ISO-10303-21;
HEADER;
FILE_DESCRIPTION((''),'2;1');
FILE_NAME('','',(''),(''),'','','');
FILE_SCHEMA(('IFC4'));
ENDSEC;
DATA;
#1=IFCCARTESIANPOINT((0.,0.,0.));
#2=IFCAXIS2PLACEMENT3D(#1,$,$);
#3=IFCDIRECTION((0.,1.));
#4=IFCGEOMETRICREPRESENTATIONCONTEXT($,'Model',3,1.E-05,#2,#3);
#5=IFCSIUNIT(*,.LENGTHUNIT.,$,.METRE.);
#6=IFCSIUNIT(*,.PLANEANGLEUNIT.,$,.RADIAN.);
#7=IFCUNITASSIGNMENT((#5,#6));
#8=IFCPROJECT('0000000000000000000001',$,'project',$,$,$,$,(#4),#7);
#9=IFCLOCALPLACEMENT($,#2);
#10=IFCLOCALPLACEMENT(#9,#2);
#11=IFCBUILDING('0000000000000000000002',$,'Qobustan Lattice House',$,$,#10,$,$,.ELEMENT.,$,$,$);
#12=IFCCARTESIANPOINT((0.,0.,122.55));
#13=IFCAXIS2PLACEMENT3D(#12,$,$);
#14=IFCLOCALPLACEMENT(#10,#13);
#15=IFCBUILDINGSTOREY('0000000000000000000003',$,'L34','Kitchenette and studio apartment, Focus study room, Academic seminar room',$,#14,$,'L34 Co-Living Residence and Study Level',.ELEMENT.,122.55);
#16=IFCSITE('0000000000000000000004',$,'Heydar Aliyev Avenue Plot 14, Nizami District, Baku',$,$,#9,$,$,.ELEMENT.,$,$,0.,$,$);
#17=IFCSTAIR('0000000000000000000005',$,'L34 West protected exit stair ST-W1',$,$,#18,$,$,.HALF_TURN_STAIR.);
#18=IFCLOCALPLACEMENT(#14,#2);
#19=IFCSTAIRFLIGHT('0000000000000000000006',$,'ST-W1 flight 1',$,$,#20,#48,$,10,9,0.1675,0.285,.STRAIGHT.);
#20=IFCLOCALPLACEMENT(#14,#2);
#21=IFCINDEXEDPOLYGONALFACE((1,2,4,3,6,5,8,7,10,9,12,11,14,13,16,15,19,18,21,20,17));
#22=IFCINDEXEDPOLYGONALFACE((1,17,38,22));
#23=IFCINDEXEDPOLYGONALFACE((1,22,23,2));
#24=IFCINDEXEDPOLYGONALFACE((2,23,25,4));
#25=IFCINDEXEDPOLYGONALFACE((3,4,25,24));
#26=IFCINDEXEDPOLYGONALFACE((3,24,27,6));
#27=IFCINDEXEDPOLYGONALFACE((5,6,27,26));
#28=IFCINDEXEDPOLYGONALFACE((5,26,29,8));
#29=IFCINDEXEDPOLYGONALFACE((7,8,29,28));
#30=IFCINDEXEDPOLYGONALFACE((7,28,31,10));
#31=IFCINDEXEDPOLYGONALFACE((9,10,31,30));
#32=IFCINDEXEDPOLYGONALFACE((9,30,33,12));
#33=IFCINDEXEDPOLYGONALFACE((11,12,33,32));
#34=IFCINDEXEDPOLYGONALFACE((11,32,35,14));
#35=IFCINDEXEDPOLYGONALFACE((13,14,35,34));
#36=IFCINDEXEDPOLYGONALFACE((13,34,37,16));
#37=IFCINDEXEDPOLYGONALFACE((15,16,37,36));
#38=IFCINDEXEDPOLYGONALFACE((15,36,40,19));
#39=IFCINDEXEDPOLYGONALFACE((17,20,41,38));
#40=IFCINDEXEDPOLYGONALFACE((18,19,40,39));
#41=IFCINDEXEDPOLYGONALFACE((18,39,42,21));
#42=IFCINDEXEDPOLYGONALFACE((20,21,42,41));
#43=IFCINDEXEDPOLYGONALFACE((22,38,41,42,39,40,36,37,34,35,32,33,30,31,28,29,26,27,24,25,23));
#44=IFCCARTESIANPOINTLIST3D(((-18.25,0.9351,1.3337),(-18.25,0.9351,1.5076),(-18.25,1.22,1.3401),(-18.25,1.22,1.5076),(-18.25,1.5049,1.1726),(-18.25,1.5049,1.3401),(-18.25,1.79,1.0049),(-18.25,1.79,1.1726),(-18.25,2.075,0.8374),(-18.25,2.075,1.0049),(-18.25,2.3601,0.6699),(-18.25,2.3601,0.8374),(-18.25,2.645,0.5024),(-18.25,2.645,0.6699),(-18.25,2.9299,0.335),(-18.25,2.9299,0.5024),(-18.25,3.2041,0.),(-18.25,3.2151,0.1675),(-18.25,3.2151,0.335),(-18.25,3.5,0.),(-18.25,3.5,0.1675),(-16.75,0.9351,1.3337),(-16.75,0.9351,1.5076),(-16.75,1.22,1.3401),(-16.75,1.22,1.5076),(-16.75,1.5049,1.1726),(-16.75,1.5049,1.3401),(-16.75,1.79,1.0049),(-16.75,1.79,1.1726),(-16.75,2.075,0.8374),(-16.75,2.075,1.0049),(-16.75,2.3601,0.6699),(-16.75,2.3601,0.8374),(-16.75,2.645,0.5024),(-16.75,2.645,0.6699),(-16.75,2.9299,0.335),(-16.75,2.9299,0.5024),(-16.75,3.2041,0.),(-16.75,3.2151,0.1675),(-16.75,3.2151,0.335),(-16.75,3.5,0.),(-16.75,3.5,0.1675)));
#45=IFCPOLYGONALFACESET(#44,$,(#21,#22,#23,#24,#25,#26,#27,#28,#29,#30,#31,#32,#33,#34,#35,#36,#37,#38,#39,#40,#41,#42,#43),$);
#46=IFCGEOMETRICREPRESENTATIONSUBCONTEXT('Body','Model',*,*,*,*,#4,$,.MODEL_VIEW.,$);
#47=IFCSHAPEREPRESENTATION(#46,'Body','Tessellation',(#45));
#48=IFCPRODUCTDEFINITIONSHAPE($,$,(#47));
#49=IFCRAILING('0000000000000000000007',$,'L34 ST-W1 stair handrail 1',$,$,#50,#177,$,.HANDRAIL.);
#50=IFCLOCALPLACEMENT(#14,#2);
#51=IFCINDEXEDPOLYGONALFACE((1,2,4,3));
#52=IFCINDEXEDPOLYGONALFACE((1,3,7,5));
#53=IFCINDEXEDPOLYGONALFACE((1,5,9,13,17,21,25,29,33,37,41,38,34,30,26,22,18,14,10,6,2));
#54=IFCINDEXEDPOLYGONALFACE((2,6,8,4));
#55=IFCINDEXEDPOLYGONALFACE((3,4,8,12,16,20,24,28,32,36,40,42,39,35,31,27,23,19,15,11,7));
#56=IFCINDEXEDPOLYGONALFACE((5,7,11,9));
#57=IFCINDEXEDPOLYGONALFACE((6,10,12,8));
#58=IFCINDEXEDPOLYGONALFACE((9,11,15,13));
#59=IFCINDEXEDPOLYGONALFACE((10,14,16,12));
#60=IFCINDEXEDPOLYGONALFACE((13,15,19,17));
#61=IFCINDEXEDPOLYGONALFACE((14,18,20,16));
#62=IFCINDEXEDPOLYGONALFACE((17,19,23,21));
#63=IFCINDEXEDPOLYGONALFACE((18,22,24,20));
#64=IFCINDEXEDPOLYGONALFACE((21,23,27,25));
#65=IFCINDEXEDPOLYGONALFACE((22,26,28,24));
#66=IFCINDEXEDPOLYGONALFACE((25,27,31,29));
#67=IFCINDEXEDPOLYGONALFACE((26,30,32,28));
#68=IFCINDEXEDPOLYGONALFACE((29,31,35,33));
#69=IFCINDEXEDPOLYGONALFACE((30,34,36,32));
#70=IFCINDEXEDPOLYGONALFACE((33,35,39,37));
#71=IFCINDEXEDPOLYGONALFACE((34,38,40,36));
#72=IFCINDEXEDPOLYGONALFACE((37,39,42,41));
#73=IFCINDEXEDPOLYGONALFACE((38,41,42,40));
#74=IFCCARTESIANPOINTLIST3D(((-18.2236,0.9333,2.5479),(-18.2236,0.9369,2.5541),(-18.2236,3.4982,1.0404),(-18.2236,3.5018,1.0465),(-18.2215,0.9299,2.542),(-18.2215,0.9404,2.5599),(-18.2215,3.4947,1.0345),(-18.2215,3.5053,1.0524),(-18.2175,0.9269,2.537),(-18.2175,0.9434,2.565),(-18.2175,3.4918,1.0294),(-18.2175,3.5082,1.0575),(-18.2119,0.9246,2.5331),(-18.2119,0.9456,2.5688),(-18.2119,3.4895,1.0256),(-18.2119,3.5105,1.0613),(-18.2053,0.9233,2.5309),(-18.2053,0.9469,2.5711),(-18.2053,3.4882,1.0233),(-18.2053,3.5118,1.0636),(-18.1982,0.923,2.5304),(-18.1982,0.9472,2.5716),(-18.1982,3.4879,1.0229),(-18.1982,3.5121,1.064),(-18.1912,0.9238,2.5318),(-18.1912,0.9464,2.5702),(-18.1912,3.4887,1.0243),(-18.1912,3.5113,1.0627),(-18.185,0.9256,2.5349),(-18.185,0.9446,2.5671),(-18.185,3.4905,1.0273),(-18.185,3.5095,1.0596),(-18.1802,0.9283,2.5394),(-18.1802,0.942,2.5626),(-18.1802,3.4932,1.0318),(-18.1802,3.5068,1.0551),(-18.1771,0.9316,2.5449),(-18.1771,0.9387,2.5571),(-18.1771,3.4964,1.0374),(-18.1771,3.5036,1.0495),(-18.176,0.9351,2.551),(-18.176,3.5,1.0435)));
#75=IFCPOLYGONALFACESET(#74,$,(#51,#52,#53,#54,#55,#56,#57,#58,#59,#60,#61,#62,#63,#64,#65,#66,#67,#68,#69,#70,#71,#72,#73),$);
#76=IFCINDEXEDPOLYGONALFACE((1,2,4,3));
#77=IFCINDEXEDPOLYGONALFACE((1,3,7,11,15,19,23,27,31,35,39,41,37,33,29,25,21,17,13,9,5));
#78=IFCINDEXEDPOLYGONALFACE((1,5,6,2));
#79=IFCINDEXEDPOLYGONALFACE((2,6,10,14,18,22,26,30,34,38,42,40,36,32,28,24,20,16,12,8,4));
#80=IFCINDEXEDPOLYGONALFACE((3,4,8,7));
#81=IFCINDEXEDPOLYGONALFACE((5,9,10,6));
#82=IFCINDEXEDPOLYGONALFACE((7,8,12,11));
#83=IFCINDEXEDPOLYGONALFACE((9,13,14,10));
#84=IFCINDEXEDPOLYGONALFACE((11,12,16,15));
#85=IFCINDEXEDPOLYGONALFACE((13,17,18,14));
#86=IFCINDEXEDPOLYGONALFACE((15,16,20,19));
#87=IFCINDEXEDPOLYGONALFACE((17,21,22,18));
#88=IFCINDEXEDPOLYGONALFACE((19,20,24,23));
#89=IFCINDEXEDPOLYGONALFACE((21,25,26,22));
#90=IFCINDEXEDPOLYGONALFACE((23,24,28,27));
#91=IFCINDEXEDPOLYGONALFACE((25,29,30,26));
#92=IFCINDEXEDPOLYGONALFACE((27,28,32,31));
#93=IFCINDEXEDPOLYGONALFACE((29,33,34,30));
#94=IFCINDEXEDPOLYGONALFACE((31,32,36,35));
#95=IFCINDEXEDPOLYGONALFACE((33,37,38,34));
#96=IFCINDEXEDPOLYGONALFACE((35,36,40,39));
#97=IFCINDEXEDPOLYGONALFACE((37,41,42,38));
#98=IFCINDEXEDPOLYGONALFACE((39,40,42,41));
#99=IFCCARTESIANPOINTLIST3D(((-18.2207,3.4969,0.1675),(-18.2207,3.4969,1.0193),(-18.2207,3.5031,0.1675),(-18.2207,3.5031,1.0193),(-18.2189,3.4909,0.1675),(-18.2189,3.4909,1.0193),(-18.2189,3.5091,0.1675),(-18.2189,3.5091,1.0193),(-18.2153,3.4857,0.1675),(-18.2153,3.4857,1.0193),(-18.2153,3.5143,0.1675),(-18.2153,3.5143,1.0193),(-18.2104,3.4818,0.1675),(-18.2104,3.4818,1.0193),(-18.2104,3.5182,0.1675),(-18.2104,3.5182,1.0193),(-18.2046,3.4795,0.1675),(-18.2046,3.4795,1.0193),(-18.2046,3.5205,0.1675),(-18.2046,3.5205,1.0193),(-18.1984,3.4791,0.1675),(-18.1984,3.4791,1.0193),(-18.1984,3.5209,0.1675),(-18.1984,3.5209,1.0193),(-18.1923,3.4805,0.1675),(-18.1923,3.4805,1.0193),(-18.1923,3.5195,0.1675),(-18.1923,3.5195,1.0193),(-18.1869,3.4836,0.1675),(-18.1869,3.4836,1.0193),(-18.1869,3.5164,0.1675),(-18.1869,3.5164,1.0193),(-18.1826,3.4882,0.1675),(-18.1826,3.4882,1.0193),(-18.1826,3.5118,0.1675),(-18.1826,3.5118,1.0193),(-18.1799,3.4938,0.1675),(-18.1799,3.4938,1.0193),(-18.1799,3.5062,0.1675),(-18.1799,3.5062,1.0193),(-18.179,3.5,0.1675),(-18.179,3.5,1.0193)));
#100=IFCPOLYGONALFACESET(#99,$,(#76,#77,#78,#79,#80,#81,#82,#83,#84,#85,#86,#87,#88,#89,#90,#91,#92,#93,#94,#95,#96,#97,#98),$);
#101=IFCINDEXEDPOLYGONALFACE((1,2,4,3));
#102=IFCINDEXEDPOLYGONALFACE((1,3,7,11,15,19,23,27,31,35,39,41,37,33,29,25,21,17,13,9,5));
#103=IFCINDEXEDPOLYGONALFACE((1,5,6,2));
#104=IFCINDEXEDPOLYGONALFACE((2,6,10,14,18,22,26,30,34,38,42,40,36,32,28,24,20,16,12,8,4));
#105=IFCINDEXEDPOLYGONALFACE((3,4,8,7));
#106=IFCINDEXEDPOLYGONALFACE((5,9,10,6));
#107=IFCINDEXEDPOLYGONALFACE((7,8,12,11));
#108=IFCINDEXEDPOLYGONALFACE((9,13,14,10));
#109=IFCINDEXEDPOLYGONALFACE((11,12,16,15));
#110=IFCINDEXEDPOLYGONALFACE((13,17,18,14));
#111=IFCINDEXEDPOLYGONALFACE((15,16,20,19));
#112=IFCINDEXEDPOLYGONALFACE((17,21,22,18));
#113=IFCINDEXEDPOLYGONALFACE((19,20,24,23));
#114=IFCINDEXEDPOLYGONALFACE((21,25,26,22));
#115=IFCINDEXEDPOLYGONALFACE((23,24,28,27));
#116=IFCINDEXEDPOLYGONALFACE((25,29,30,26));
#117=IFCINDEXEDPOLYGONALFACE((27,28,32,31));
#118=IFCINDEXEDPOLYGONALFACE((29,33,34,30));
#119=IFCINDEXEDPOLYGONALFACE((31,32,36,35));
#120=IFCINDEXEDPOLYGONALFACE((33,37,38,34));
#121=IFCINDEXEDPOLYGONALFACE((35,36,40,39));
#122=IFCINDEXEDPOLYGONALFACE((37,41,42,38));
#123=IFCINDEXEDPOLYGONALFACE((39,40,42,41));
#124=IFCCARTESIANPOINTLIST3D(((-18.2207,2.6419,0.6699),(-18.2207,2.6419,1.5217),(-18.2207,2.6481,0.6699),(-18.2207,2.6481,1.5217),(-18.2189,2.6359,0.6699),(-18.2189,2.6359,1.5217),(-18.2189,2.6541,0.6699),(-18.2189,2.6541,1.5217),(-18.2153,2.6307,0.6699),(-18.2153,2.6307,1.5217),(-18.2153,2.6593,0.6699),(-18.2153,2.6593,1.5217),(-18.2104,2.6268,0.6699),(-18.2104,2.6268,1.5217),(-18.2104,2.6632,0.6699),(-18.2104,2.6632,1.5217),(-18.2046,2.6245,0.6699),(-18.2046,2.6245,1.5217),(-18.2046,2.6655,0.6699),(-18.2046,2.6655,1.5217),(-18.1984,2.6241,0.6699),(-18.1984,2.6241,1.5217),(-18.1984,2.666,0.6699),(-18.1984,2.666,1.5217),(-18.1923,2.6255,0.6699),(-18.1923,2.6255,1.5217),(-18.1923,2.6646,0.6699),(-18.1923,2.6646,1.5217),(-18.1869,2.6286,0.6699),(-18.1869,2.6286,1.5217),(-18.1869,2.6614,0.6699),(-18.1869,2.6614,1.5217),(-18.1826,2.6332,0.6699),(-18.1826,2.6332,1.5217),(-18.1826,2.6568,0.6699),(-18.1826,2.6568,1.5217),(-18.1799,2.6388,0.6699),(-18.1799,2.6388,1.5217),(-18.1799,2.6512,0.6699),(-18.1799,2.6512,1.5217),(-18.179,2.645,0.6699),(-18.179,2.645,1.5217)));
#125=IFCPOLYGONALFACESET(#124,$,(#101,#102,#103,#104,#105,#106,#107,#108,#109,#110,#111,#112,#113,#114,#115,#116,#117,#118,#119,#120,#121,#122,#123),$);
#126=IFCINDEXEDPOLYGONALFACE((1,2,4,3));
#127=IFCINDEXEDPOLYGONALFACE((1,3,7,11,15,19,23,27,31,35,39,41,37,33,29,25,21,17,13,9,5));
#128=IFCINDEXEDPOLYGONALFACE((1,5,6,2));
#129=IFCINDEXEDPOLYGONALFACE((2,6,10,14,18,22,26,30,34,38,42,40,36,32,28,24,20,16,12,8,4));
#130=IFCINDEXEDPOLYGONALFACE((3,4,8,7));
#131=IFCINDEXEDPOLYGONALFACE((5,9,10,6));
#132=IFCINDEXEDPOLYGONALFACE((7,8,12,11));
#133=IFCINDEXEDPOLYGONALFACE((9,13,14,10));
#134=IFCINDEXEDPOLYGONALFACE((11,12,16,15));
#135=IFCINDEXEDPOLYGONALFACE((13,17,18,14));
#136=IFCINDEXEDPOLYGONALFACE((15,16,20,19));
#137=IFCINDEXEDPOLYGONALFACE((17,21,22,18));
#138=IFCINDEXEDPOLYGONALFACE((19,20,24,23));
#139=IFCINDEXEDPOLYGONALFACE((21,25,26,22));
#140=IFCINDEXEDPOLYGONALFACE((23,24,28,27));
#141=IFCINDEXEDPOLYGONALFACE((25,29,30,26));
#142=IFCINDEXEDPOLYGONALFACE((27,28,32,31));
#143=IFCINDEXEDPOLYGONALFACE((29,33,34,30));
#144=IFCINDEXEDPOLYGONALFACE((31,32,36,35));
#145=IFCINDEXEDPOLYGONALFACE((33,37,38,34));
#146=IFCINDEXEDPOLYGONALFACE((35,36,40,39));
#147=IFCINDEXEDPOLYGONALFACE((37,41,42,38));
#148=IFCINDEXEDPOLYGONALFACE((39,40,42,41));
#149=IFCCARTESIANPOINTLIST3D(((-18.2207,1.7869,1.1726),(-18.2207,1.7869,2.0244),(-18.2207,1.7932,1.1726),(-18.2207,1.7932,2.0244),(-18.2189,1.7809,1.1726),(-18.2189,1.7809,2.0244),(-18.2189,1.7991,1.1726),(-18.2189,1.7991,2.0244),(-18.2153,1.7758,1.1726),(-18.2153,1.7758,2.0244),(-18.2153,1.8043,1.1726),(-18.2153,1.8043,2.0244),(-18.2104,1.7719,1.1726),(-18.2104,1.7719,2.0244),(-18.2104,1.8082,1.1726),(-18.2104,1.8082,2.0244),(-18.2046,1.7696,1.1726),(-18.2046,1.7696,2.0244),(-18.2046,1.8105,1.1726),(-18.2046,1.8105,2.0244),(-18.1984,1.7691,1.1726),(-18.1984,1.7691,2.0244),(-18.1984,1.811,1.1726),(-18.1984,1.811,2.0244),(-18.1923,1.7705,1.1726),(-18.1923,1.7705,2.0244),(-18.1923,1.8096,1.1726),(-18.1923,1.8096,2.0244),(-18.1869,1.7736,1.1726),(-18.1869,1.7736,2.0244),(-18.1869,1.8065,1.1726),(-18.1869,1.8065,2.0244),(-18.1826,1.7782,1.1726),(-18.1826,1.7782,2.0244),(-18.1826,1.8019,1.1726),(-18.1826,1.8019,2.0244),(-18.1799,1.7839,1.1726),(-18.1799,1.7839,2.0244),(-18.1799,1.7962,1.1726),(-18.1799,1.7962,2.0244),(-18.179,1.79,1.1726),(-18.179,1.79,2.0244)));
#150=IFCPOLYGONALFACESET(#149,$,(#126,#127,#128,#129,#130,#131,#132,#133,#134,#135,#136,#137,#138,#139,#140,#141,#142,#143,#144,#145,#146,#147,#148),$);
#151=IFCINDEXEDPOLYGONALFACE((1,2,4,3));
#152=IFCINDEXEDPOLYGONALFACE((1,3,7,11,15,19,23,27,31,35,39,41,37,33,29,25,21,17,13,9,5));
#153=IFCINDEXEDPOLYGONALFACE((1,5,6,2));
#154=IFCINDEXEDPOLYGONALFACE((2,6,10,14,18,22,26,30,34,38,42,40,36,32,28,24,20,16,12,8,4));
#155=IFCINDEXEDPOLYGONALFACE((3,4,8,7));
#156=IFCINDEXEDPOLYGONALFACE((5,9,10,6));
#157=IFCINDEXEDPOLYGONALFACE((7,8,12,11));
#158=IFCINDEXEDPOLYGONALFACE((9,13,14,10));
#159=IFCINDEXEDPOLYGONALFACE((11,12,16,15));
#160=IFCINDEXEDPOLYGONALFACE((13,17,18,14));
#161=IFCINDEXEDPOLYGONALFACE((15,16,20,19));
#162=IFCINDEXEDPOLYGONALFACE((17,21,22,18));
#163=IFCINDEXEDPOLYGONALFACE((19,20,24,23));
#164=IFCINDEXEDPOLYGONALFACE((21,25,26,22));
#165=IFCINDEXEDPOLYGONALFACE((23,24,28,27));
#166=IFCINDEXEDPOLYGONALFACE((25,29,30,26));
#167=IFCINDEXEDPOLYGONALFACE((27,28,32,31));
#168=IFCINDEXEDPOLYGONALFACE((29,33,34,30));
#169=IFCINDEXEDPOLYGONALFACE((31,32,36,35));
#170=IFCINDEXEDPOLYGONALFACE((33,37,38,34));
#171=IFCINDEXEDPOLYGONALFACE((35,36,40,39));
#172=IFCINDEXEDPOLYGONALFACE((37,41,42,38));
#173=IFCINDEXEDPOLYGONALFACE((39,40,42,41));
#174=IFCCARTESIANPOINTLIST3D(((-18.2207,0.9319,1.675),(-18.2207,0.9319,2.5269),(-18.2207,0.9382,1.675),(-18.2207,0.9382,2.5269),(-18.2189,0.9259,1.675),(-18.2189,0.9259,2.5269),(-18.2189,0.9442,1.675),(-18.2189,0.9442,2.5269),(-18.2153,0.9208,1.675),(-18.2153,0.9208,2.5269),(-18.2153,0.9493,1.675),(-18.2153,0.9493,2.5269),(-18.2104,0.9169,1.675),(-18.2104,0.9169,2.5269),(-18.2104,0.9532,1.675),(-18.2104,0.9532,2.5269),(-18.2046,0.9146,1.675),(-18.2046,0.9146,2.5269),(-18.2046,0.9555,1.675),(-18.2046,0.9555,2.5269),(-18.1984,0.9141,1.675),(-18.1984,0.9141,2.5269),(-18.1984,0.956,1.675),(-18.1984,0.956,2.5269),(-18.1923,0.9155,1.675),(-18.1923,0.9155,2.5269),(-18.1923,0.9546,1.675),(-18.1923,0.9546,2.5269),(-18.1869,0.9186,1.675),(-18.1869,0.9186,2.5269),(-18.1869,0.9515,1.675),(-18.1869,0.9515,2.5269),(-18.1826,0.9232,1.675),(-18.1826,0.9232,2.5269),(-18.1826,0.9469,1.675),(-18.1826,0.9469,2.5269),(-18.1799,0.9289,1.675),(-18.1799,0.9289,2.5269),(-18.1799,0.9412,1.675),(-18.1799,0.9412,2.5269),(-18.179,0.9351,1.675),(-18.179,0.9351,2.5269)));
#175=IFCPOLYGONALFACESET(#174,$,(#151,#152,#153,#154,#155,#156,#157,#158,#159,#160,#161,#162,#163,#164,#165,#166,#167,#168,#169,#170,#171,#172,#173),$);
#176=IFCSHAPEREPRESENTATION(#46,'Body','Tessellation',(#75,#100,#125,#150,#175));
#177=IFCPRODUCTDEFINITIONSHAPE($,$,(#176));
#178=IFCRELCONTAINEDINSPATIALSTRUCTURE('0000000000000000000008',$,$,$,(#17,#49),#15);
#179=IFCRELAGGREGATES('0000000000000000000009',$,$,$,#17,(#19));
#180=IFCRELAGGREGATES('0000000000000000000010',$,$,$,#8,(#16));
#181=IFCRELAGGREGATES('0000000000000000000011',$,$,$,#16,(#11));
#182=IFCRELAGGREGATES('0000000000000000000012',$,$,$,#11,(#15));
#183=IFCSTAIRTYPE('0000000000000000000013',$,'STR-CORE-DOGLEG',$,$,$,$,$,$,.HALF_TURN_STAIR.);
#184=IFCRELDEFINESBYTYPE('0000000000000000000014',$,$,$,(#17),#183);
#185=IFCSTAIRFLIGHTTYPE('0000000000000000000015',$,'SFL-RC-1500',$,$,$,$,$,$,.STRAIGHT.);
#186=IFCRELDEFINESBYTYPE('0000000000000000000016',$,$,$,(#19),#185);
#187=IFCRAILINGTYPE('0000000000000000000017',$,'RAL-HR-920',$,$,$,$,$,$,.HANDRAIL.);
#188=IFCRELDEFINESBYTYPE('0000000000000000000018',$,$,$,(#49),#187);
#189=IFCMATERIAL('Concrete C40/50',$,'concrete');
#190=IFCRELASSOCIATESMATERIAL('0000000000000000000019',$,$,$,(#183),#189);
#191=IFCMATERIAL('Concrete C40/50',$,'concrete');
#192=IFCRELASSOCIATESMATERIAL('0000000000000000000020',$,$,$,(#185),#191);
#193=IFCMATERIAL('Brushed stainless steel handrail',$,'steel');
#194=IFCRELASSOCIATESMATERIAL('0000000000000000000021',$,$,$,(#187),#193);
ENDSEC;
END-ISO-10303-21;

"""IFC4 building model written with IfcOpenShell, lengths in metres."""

from ifc_helpers import new_model, si_unit, direction, frame, origin, origin_2d, place, context, subcontext, project, spatial, polyline, circle, outline, extrude, material, type_object, element, aggregate, save


model = new_model("IFC4")

# Units and contexts
model_context = context("Model", 3, precision=1e-05, world=origin(), true_north=direction((0.0, 1.0)))
body_context = subcontext(model_context, "Body", "Model", "MODEL_VIEW")
ifc_project = project(units=[si_unit("LENGTHUNIT", "METRE"), si_unit("PLANEANGLEUNIT", "RADIAN")], contexts=[model_context])

# Site, building, storey
site_placement = place(None, origin())
site = spatial("IfcSite", under=ifc_project, at=site_placement, Name="Heydar Aliyev Avenue Plot 14, Nizami District, Baku", CompositionType="ELEMENT", RefElevation=0.0)
building_placement = place(site_placement, origin())
building = spatial("IfcBuilding", under=site, at=building_placement, Name="Qobustan Lattice House", CompositionType="ELEMENT")
storey_placement = place(building_placement, frame((0.0, 0.0, 122.55)))
storey = spatial("IfcBuildingStorey", under=building, at=storey_placement, Name="L34", Description="Kitchenette and studio apartment, Focus study room, Academic seminar room", LongName="L34 Co-Living Residence and Study Level", CompositionType="ELEMENT", Elevation=122.55)

# Stair, stair flight
ifc_material_1 = material(Name="Concrete C40/50", Category="concrete")
stair_type = type_object("IfcStairType", Name="STR-CORE-DOGLEG", PredefinedType="HALF_TURN_STAIR", material=ifc_material_1)
stair_placement = place(storey_placement, origin())
stair = element("IfcStair", 1, at=stair_placement, inside=storey, type_object=stair_type, Name="L34 West protected exit stair ST-W1", PredefinedType="HALF_TURN_STAIR")
ifc_material_2 = material(Name="Concrete C40/50", Category="concrete")
stair_flight_type = type_object("IfcStairFlightType", Name="SFL-RC-1500", PredefinedType="STRAIGHT", material=ifc_material_2)
stair_flight_placement = place(storey_placement, frame((-17.5, 3.5, 0.0), z_axis=(0.0, 0.0, 1.0), x_axis=(0.0, -1.0, 0.0)))
stair_flight = element("IfcStairFlight", 2, at=stair_flight_placement, type_object=stair_flight_type, Name="ST-W1 flight 1", NumberOfRisers=10, NumberOfTreads=9, PredefinedType="STRAIGHT", RiserHeight=0.1675, TreadLength=0.285, context=body_context, shape_type="SweptSolid", body=[
    extrude(outline(polyline([(0.0, 0.0), (0.0, 0.1675), (0.2849, 0.1675), (0.2849, 0.335), (0.5701, 0.335), (0.5701, 0.5024), (0.855, 0.5024), (0.855, 0.6699), (1.1399, 0.6699), (1.1399, 0.8374), (1.425, 0.8374), (1.425, 1.0049), (1.71, 1.0049), (1.71, 1.1726), (1.9951, 1.1726), (1.9951, 1.3401), (2.28, 1.3401), (2.28, 1.5076), (2.5649, 1.5076), (2.5649, 1.675), (2.5649, 1.3337), (0.2959, 0.0), (0.0, 0.0)])), frame((0.0, 0.75, 0.0), z_axis=(0.0, -1.0, 0.0), x_axis=(1.0, 0.0, 0.0)), (0.0, 0.0, 1.0), 1.5),
])
aggregate(stair, [stair_flight])

# Railing
ifc_material_3 = material(Name="Brushed stainless steel handrail", Category="steel")
railing_type_1 = type_object("IfcRailingType", Name="RAL-HR-920", PredefinedType="HANDRAIL", material=ifc_material_3)
railing_1_placement = place(storey_placement, frame((-18.2, 3.5, 0.1675)))
element("IfcRailing", 3, at=railing_1_placement, inside=storey, type_object=railing_type_1, Name="L34 ST-W1 stair handrail 1", PredefinedType="HANDRAIL", context=body_context, shape_type="SweptSolid", body=[
    extrude(circle(Radius=0.0239, at=origin_2d()), frame((0.0, 0.0, 0.876), z_axis=(0.0, -0.862113, 0.506715), x_axis=(1.0, 0.0, 0.0)), (0.0, 0.0, 1.0), 2.9751),
    extrude(circle(Radius=0.021, at=origin_2d()), origin(), (0.0, 0.0, 1.0), 0.8518),
    extrude(circle(Radius=0.021, at=origin_2d()), frame((0.0, -0.855, 0.5024)), (0.0, 0.0, 1.0), 0.8518),
    extrude(circle(Radius=0.021, at=origin_2d()), frame((0.0, -1.71, 1.0051)), (0.0, 0.0, 1.0), 0.8518),
    extrude(circle(Radius=0.021, at=origin_2d()), frame((0.0, -2.5649, 1.5076)), (0.0, 0.0, 1.0), 0.8518),
])

save(model, "model.ifc")
